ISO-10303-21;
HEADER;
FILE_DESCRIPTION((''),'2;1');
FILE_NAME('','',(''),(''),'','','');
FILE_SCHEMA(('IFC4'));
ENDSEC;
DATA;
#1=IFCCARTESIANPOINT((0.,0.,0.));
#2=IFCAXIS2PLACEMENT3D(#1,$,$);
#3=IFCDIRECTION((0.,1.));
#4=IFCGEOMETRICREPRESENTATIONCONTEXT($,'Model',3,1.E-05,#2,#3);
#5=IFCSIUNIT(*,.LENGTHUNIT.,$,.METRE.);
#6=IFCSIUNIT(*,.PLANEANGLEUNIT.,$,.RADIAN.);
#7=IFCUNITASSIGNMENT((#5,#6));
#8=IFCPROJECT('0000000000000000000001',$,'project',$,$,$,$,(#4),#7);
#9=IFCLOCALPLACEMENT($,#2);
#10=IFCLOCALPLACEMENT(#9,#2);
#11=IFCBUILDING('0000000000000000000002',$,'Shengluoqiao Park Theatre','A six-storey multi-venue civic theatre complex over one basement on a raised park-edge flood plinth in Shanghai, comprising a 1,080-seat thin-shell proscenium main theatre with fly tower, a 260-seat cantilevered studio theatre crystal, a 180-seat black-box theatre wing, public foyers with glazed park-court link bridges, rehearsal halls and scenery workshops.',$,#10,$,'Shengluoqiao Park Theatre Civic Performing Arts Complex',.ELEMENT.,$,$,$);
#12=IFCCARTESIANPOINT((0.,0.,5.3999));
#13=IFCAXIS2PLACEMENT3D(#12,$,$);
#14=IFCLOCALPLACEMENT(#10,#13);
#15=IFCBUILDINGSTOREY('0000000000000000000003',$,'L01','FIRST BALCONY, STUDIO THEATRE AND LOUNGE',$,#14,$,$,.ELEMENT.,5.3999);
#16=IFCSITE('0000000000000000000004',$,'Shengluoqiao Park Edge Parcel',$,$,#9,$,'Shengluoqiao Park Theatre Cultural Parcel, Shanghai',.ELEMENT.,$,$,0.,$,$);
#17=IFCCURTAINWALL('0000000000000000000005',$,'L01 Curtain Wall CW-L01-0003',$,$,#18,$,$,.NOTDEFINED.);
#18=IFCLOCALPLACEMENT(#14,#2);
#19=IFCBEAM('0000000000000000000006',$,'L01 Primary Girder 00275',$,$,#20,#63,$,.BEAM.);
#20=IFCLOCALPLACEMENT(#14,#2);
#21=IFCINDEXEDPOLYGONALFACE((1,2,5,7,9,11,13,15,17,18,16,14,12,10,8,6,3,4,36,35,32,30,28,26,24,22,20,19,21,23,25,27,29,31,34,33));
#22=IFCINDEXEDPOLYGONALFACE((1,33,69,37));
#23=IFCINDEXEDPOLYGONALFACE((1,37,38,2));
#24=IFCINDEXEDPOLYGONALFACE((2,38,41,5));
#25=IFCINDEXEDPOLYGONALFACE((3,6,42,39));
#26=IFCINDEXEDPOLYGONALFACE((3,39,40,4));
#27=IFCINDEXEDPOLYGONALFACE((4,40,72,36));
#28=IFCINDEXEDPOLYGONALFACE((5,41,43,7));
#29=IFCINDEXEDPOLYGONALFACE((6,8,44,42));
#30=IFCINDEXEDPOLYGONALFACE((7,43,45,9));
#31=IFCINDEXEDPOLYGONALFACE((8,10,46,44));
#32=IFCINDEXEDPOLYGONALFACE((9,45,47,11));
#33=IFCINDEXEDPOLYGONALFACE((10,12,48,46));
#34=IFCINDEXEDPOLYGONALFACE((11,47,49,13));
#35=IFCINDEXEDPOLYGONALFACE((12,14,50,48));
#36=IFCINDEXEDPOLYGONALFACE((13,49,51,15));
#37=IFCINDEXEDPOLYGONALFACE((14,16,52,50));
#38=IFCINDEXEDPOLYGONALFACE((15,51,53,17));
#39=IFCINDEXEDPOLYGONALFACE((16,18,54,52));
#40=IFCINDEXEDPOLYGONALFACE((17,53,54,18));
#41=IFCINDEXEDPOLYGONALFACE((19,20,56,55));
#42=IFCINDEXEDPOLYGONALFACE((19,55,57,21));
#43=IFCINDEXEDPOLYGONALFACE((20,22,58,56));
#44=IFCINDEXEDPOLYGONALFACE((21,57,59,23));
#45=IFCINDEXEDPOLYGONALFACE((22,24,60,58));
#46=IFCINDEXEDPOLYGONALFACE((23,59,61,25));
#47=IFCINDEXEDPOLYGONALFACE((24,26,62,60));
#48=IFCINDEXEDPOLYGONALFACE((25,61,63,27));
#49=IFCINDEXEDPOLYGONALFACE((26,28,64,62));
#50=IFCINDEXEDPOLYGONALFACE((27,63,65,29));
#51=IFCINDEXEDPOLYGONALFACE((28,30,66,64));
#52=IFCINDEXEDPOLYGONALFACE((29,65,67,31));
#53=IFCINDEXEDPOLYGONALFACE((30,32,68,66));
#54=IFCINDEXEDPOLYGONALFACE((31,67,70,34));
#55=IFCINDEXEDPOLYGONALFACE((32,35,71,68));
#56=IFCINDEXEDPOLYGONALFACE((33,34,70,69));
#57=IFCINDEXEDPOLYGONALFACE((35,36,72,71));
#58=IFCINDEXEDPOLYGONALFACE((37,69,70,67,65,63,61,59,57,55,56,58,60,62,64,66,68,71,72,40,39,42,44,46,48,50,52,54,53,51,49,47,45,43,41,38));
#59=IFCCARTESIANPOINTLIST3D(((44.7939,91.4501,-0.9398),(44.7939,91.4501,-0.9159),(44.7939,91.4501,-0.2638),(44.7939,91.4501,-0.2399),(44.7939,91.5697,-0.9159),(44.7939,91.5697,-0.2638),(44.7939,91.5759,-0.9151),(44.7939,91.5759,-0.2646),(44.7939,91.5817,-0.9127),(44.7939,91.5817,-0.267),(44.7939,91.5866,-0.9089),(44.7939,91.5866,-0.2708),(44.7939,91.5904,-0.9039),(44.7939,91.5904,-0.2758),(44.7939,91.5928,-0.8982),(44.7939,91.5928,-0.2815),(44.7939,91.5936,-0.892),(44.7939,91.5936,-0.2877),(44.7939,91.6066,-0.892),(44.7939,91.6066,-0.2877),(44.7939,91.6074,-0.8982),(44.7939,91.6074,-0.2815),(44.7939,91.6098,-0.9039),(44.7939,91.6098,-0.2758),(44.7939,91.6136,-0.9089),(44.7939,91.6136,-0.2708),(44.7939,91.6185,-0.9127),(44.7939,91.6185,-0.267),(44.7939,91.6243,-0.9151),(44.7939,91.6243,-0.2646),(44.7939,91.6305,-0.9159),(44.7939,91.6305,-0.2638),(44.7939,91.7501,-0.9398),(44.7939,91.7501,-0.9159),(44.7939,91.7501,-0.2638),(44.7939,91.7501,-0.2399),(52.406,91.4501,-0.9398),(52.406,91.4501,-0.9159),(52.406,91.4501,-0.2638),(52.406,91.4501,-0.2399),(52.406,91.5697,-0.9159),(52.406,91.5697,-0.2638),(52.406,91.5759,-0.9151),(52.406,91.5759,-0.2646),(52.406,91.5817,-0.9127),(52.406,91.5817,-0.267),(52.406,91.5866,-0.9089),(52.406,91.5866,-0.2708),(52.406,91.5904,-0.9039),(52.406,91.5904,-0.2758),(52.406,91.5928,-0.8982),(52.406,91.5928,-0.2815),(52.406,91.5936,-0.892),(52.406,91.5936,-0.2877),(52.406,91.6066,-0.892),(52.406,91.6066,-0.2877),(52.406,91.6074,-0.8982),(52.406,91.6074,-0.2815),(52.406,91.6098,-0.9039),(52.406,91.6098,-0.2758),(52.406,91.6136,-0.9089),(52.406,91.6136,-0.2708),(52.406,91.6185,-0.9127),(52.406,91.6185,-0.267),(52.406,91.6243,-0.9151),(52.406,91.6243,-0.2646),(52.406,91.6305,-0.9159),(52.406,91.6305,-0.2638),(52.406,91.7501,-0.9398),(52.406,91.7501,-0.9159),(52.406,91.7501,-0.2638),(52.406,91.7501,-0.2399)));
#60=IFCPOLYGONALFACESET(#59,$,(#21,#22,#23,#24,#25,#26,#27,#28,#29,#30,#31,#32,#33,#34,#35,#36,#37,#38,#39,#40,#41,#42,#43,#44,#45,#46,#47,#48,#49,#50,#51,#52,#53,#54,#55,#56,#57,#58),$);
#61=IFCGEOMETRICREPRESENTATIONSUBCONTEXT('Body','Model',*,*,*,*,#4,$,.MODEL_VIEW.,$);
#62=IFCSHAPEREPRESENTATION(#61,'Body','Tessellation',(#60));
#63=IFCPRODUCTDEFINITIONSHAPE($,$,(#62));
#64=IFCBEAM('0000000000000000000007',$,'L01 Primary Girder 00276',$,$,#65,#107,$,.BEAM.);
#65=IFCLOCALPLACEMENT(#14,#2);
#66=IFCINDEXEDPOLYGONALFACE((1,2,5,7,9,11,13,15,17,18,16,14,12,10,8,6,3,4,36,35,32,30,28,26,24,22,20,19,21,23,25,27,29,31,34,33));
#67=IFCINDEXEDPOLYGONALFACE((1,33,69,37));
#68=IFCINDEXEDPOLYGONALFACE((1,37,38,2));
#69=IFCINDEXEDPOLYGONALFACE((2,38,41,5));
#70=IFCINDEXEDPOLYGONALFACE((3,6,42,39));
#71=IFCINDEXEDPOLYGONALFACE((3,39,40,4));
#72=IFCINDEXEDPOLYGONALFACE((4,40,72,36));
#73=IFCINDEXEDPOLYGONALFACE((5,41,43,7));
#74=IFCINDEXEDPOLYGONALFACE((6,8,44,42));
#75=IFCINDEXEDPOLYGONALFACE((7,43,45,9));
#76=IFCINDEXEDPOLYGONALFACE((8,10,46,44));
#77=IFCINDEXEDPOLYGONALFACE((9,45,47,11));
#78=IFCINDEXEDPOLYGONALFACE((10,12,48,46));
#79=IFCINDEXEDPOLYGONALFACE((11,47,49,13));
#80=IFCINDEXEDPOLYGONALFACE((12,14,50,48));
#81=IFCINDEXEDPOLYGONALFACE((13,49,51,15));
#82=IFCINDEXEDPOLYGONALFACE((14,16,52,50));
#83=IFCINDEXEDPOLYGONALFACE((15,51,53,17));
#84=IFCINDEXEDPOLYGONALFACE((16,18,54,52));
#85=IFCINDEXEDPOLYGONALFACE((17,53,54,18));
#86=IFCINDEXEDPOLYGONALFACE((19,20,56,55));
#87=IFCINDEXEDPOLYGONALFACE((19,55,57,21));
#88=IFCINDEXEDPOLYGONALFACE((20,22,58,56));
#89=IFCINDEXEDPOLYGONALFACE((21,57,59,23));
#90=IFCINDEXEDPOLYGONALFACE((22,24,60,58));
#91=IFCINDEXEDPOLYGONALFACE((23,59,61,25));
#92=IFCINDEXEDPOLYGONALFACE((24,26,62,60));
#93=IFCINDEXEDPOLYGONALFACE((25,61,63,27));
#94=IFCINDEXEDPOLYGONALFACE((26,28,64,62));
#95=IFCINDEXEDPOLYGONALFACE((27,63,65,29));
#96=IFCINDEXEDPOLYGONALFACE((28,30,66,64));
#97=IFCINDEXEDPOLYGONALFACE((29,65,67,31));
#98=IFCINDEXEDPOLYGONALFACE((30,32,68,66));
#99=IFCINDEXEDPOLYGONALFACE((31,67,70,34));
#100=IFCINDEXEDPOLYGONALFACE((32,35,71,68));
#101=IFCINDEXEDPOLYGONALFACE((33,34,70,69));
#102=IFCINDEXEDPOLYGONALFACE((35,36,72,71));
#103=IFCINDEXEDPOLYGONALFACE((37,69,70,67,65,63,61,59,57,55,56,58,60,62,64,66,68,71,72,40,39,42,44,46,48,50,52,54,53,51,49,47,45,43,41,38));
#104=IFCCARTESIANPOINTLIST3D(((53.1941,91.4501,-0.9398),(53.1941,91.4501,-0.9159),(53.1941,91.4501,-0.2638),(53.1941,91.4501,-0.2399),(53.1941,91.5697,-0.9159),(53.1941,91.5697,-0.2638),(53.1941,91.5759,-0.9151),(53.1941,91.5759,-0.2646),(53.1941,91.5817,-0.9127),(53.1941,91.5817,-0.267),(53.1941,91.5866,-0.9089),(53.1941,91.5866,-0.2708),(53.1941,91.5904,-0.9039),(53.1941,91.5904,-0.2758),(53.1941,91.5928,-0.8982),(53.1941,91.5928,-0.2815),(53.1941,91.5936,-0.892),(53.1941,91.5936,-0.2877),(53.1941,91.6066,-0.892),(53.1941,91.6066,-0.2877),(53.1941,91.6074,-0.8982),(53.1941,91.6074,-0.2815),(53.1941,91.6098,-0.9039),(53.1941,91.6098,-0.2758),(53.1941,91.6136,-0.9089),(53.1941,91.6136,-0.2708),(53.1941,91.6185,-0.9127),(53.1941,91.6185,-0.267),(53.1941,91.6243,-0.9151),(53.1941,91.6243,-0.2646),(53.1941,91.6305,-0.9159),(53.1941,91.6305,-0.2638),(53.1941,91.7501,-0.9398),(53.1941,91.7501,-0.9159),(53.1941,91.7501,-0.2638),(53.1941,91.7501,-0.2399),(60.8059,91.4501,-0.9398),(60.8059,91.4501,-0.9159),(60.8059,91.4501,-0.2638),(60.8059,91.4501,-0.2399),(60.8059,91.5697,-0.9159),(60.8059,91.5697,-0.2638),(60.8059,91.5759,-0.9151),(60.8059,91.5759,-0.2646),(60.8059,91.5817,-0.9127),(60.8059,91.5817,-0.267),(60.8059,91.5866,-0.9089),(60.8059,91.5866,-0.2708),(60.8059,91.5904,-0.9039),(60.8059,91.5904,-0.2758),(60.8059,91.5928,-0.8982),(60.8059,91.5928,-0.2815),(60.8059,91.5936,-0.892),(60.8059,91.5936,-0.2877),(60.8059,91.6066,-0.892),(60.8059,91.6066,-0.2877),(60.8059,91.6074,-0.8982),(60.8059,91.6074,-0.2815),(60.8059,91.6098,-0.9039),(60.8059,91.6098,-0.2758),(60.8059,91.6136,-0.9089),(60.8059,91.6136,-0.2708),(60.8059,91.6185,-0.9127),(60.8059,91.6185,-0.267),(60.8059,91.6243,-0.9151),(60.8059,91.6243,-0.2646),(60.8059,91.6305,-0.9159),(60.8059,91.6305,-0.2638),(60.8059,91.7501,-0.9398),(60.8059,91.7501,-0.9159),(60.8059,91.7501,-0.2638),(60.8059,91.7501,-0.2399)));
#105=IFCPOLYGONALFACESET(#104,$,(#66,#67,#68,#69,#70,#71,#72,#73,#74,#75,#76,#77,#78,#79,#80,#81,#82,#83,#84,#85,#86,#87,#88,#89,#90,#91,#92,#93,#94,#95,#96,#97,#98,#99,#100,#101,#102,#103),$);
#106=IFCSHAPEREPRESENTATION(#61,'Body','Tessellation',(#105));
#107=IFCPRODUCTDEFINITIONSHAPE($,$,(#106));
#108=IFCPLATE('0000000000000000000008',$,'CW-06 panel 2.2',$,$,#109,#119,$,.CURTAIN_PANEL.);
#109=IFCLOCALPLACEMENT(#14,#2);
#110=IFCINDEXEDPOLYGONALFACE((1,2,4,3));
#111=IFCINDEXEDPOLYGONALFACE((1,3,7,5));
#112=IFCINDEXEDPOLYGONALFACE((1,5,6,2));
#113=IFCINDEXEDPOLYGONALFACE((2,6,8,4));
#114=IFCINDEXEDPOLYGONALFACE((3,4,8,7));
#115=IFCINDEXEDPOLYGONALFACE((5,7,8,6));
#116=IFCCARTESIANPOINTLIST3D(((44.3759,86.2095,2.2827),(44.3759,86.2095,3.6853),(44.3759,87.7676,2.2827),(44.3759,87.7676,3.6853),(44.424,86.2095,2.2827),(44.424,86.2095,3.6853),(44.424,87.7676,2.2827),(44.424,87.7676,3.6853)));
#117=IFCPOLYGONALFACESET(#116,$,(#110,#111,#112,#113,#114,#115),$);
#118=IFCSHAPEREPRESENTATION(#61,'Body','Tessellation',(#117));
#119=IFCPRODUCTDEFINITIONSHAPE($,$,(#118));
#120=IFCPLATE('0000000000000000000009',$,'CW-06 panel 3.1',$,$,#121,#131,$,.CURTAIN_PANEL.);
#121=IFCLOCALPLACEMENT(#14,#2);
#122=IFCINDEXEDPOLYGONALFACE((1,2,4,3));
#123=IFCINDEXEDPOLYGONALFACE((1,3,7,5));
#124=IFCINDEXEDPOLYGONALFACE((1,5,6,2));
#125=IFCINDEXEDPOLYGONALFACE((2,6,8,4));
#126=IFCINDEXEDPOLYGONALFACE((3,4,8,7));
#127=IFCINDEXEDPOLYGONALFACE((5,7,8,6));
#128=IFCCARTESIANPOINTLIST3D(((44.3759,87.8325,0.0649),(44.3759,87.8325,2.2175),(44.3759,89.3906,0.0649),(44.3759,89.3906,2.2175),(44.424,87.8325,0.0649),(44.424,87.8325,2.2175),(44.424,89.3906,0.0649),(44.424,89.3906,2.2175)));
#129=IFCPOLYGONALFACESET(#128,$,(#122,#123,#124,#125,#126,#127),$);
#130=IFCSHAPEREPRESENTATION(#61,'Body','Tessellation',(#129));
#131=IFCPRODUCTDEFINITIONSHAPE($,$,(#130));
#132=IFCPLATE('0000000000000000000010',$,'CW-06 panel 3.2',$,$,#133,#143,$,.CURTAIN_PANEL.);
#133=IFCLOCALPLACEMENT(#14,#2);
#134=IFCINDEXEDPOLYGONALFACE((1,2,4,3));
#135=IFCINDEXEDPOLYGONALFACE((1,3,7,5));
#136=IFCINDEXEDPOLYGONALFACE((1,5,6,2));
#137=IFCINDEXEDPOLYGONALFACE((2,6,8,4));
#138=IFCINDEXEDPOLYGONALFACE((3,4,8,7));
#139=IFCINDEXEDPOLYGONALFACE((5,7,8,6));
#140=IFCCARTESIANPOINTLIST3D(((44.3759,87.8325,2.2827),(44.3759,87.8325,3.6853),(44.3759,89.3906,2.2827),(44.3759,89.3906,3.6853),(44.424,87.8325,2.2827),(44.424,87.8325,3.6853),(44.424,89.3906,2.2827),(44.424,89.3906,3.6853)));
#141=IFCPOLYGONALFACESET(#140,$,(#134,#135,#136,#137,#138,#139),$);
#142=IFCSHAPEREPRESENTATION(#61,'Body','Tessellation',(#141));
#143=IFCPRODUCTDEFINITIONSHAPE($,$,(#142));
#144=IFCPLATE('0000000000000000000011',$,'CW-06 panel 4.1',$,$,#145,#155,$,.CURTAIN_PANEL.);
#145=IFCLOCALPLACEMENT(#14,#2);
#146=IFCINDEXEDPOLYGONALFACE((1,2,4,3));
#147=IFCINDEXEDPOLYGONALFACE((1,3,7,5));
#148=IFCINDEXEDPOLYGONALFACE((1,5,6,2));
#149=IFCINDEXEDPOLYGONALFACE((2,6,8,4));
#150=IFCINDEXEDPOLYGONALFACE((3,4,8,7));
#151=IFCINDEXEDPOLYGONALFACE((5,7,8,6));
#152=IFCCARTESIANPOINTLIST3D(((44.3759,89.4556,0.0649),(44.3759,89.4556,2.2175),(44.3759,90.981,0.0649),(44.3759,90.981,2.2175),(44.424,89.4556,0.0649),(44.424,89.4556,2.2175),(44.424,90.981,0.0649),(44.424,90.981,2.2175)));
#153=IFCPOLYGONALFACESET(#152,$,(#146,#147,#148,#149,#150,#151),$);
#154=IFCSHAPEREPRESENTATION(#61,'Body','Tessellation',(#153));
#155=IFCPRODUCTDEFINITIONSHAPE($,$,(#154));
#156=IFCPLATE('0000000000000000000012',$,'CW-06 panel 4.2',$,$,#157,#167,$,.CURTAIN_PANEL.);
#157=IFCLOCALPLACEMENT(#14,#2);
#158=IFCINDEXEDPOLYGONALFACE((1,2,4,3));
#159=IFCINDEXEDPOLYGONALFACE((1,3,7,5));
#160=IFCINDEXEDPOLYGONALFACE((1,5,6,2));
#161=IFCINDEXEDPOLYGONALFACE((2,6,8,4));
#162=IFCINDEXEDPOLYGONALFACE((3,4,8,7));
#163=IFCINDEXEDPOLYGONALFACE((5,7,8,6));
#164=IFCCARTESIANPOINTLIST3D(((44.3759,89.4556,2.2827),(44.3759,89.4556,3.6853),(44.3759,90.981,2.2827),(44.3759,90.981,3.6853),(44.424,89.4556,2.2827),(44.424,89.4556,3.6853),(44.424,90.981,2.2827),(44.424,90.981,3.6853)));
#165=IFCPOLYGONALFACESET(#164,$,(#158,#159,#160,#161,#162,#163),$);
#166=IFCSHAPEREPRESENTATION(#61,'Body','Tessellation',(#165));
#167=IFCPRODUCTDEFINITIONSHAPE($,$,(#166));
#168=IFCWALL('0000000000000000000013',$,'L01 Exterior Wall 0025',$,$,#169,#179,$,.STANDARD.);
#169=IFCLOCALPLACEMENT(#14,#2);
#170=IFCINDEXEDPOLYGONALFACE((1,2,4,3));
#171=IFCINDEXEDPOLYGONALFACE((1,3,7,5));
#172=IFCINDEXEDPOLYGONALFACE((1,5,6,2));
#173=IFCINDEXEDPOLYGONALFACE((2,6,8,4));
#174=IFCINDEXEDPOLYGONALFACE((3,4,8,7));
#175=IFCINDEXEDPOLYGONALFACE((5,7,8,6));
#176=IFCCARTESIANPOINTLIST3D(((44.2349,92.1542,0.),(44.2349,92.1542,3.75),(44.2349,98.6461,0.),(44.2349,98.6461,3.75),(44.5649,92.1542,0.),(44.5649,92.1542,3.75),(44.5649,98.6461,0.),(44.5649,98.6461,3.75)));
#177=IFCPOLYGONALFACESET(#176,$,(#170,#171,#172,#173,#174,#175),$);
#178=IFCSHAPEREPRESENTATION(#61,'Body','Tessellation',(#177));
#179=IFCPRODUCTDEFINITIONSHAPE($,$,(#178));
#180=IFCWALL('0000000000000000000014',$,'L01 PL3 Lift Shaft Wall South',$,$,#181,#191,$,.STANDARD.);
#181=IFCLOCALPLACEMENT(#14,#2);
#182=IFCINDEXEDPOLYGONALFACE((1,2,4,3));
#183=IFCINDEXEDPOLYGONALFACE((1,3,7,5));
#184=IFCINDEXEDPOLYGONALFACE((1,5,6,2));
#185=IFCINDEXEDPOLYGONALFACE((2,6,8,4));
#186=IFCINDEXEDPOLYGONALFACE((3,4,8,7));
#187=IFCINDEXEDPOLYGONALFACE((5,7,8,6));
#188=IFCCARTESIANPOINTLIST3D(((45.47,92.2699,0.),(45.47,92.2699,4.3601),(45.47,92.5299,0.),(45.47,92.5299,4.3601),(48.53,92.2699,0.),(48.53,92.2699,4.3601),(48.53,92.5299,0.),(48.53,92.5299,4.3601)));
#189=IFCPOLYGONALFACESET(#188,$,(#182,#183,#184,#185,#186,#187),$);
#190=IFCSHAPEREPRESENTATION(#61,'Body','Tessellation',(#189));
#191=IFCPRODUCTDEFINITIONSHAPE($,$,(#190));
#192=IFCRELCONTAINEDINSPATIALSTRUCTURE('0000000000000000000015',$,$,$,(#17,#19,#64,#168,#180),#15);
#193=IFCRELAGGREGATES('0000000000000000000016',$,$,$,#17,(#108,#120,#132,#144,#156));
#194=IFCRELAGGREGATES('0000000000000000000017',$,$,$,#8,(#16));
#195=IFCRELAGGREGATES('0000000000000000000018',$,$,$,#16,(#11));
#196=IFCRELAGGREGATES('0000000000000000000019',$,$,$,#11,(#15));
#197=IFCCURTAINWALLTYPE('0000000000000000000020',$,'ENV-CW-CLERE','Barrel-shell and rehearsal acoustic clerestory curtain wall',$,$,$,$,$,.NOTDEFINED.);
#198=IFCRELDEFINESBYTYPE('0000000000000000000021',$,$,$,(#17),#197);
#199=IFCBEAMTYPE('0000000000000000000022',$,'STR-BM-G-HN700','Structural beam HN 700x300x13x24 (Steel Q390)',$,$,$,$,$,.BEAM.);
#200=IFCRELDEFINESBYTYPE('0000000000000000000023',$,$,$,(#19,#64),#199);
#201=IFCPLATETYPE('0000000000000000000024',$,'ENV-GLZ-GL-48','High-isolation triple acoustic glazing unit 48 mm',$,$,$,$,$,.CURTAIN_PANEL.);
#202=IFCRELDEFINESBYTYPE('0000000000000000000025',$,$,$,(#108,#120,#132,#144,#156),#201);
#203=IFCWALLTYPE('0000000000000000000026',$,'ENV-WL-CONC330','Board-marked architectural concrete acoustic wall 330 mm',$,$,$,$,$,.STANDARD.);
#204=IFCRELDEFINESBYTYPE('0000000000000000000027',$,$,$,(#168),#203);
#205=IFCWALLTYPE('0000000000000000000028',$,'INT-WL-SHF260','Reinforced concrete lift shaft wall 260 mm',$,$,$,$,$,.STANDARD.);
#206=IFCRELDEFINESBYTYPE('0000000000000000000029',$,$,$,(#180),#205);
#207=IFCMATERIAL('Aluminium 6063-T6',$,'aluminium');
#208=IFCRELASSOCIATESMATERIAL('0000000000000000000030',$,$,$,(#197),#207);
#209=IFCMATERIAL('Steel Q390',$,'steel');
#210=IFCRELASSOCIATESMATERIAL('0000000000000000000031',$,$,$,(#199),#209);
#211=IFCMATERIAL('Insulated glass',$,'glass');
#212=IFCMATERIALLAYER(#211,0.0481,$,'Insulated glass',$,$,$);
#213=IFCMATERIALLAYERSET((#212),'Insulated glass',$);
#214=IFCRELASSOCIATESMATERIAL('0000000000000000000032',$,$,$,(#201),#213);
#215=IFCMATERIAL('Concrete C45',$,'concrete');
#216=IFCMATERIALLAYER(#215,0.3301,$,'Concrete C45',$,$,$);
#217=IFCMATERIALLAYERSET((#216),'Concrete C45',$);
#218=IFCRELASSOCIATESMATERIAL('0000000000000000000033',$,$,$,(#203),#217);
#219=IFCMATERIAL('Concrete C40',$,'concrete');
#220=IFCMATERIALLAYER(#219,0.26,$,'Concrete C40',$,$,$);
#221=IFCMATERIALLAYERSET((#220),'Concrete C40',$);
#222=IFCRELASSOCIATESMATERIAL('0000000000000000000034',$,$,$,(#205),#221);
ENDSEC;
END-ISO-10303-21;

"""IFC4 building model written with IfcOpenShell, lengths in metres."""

from ifc_helpers import new_model, si_unit, direction, frame, frame_2d, origin, origin_2d, place, context, subcontext, project, spatial, rectangle, i_section, extrude, material, layer, layer_set, material_profile, profile_set, type_object, element, aggregate, save


model = new_model("IFC4")

# Units and contexts
model_context = context("Model", 3, precision=1e-05, world=origin(), true_north=direction((0.0, 1.0)))
body_context = subcontext(model_context, "Body", "Model", "MODEL_VIEW")
ifc_project = project(units=[si_unit("LENGTHUNIT", "METRE"), si_unit("PLANEANGLEUNIT", "RADIAN")], contexts=[model_context])

# Site, building, storey
site_placement = place(None, origin())
site = spatial("IfcSite", under=ifc_project, at=site_placement, Name="Shengluoqiao Park Edge Parcel", LongName="Shengluoqiao Park Theatre Cultural Parcel, Shanghai", CompositionType="ELEMENT", RefElevation=0.0)
building_placement = place(site_placement, origin())
building = spatial("IfcBuilding", under=site, at=building_placement, Name="Shengluoqiao Park Theatre", Description="A six-storey multi-venue civic theatre complex over one basement on a raised park-edge flood plinth in Shanghai, comprising a 1,080-seat thin-shell proscenium main theatre with fly tower, a 260-seat cantilevered studio theatre crystal, a 180-seat black-box theatre wing, public foyers with glazed park-court link bridges, rehearsal halls and scenery workshops.", LongName="Shengluoqiao Park Theatre Civic Performing Arts Complex", CompositionType="ELEMENT")
storey_placement = place(building_placement, frame((0.0, 0.0, 5.3999)))
storey = spatial("IfcBuildingStorey", under=building, at=storey_placement, Name="L01", Description="FIRST BALCONY, STUDIO THEATRE AND LOUNGE", CompositionType="ELEMENT", Elevation=5.3999)

# Curtain wall
ifc_material_1 = material(Name="Aluminium 6063-T6", Category="aluminium")
curtain_wall_type = type_object("IfcCurtainWallType", Name="ENV-CW-CLERE", Description="Barrel-shell and rehearsal acoustic clerestory curtain wall", PredefinedType="NOTDEFINED", material=ifc_material_1)
curtain_wall_placement = place(storey_placement, origin())
curtain_wall = element("IfcCurtainWall", 1, at=curtain_wall_placement, inside=storey, type_object=curtain_wall_type, Name="L01 Curtain Wall CW-L01-0003", PredefinedType="NOTDEFINED")

# Beams
ifc_material_2 = material(Name="Steel Q390", Category="steel")
ifc_material_profile_1 = material_profile(ifc_material_2, i_section(OverallWidth=0.3, OverallDepth=0.7, WebThickness=0.0129, FlangeThickness=0.0239, FilletRadius=0.0239, at=origin_2d()), Name="HN 700x300x13x24")
ifc_profile_set_1 = profile_set([ifc_material_profile_1], Name="Steel Q390")
beam_type_1 = type_object("IfcBeamType", Name="STR-BM-G-HN700", Description="Structural beam HN 700x300x13x24 (Steel Q390)", PredefinedType="BEAM", material=ifc_profile_set_1)
beam_1_placement = place(storey_placement, frame((44.7939, 91.6001, -0.5898), z_axis=(1.0, 0.0, 0.0), x_axis=(0.0, 1.0, 0.0)))
element("IfcBeam", 2, at=beam_1_placement, inside=storey, type_object=beam_type_1, Name="L01 Primary Girder 00275", PredefinedType="BEAM", context=body_context, shape_type="SweptSolid", body=[
    extrude(i_section(OverallWidth=0.3, OverallDepth=0.7, WebThickness=0.0129, FlangeThickness=0.0239, FilletRadius=0.0239, at=origin_2d()), origin(), (0.0, 0.0, 1.0), 7.6121),
])
beam_2_placement = place(storey_placement, frame((53.1941, 91.6001, -0.5898), z_axis=(1.0, 0.0, 0.0), x_axis=(0.0, 1.0, 0.0)))
element("IfcBeam", 3, at=beam_2_placement, inside=storey, type_object=beam_type_1, Name="L01 Primary Girder 00276", PredefinedType="BEAM", context=body_context, shape_type="SweptSolid", body=[
    extrude(i_section(OverallWidth=0.3, OverallDepth=0.7, WebThickness=0.0129, FlangeThickness=0.0239, FilletRadius=0.0239, at=origin_2d()), origin(), (0.0, 0.0, 1.0), 7.6118),
])

# Plates
ifc_material_3 = material(Name="Insulated glass", Category="glass")
ifc_layer_1 = layer(ifc_material_3, 0.0481, Name="Insulated glass")
ifc_layer_set_1 = layer_set([ifc_layer_1], Name="Insulated glass")
plate_type = type_object("IfcPlateType", Name="ENV-GLZ-GL-48", Description="High-isolation triple acoustic glazing unit 48 mm", PredefinedType="CURTAIN_PANEL", material=ifc_layer_set_1)
plate_1_placement = place(storey_placement, frame((44.3999, 86.9885, 2.2827), z_axis=(0.0, 0.0, 1.0), x_axis=(0.0, 1.0, 0.0)))
plate_1 = element("IfcPlate", 4, at=plate_1_placement, type_object=plate_type, Name="CW-06 panel 2.2", PredefinedType="CURTAIN_PANEL", context=body_context, shape_type="SweptSolid", body=[
    extrude(rectangle(XDim=1.5581, YDim=0.0481, at=origin_2d()), origin(), (0.0, 0.0, 1.0), 1.4026),
])
plate_2_placement = place(storey_placement, frame((44.3999, 88.6116, 0.0649), z_axis=(0.0, 0.0, 1.0), x_axis=(0.0, 1.0, 0.0)))
plate_2 = element("IfcPlate", 5, at=plate_2_placement, type_object=plate_type, Name="CW-06 panel 3.1", PredefinedType="CURTAIN_PANEL", context=body_context, shape_type="SweptSolid", body=[
    extrude(rectangle(XDim=1.5581, YDim=0.0481, at=origin_2d()), origin(), (0.0, 0.0, 1.0), 2.1526),
])
plate_3_placement = place(storey_placement, frame((44.3999, 88.6116, 2.2827), z_axis=(0.0, 0.0, 1.0), x_axis=(0.0, 1.0, 0.0)))
plate_3 = element("IfcPlate", 6, at=plate_3_placement, type_object=plate_type, Name="CW-06 panel 3.2", PredefinedType="CURTAIN_PANEL", context=body_context, shape_type="SweptSolid", body=[
    extrude(rectangle(XDim=1.5581, YDim=0.0481, at=origin_2d()), origin(), (0.0, 0.0, 1.0), 1.4026),
])
plate_4_placement = place(storey_placement, frame((44.3999, 90.2183, 0.0649), z_axis=(0.0, 0.0, 1.0), x_axis=(0.0, 1.0, 0.0)))
plate_4 = element("IfcPlate", 7, at=plate_4_placement, type_object=plate_type, Name="CW-06 panel 4.1", PredefinedType="CURTAIN_PANEL", context=body_context, shape_type="SweptSolid", body=[
    extrude(rectangle(XDim=1.5254, YDim=0.0481, at=origin_2d()), origin(), (0.0, 0.0, 1.0), 2.1526),
])
plate_5_placement = place(storey_placement, frame((44.3999, 90.2183, 2.2827), z_axis=(0.0, 0.0, 1.0), x_axis=(0.0, 1.0, 0.0)))
plate_5 = element("IfcPlate", 8, at=plate_5_placement, type_object=plate_type, Name="CW-06 panel 4.2", PredefinedType="CURTAIN_PANEL", context=body_context, shape_type="SweptSolid", body=[
    extrude(rectangle(XDim=1.5254, YDim=0.0481, at=origin_2d()), origin(), (0.0, 0.0, 1.0), 1.4026),
])
aggregate(curtain_wall, [plate_1, plate_2, plate_3, plate_4, plate_5])

# Walls
ifc_material_4 = material(Name="Concrete C45", Category="concrete")
ifc_layer_2 = layer(ifc_material_4, 0.3301, Name="Concrete C45")
ifc_layer_set_2 = layer_set([ifc_layer_2], Name="Concrete C45")
wall_type_1 = type_object("IfcWallType", Name="ENV-WL-CONC330", Description="Board-marked architectural concrete acoustic wall 330 mm", PredefinedType="STANDARD", material=ifc_layer_set_2)
wall_1_placement = place(storey_placement, frame((44.3999, 92.1541, 0.0), z_axis=(0.0, 0.0, 1.0), x_axis=(0.0, 1.0, 0.0)))
element("IfcWall", 9, at=wall_1_placement, inside=storey, type_object=wall_type_1, Name="L01 Exterior Wall 0025", PredefinedType="STANDARD", context=body_context, shape_type="SweptSolid", body=[
    extrude(rectangle(XDim=6.4919, YDim=0.3301, at=frame_2d((3.2461, 0.0))), origin(), (0.0, 0.0, 1.0), 3.75),
])
ifc_material_5 = material(Name="Concrete C40", Category="concrete")
ifc_layer_3 = layer(ifc_material_5, 0.26, Name="Concrete C40")
ifc_layer_set_3 = layer_set([ifc_layer_3], Name="Concrete C40")
wall_type_2 = type_object("IfcWallType", Name="INT-WL-SHF260", Description="Reinforced concrete lift shaft wall 260 mm", PredefinedType="STANDARD", material=ifc_layer_set_3)
for number, where, z_axis, x_axis, name in (
    (10, (45.47, 92.3999, 0.0), (0.0, 0.0, 1.0), (1.0, 0.0, 0.0), "L01 PL3 Lift Shaft Wall South"),
):
    element("IfcWall", number, at=place(storey_placement, frame(where, z_axis=z_axis, x_axis=x_axis)), inside=storey, type_object=wall_type_2, Name=name, PredefinedType="STANDARD", context=body_context, shape_type="SweptSolid", body=[
        extrude(rectangle(XDim=3.0601, YDim=0.26, at=frame_2d((1.53, 0.0))), origin(), (0.0, 0.0, 1.0), 4.3601),
    ])

save(model, "model.ifc")
